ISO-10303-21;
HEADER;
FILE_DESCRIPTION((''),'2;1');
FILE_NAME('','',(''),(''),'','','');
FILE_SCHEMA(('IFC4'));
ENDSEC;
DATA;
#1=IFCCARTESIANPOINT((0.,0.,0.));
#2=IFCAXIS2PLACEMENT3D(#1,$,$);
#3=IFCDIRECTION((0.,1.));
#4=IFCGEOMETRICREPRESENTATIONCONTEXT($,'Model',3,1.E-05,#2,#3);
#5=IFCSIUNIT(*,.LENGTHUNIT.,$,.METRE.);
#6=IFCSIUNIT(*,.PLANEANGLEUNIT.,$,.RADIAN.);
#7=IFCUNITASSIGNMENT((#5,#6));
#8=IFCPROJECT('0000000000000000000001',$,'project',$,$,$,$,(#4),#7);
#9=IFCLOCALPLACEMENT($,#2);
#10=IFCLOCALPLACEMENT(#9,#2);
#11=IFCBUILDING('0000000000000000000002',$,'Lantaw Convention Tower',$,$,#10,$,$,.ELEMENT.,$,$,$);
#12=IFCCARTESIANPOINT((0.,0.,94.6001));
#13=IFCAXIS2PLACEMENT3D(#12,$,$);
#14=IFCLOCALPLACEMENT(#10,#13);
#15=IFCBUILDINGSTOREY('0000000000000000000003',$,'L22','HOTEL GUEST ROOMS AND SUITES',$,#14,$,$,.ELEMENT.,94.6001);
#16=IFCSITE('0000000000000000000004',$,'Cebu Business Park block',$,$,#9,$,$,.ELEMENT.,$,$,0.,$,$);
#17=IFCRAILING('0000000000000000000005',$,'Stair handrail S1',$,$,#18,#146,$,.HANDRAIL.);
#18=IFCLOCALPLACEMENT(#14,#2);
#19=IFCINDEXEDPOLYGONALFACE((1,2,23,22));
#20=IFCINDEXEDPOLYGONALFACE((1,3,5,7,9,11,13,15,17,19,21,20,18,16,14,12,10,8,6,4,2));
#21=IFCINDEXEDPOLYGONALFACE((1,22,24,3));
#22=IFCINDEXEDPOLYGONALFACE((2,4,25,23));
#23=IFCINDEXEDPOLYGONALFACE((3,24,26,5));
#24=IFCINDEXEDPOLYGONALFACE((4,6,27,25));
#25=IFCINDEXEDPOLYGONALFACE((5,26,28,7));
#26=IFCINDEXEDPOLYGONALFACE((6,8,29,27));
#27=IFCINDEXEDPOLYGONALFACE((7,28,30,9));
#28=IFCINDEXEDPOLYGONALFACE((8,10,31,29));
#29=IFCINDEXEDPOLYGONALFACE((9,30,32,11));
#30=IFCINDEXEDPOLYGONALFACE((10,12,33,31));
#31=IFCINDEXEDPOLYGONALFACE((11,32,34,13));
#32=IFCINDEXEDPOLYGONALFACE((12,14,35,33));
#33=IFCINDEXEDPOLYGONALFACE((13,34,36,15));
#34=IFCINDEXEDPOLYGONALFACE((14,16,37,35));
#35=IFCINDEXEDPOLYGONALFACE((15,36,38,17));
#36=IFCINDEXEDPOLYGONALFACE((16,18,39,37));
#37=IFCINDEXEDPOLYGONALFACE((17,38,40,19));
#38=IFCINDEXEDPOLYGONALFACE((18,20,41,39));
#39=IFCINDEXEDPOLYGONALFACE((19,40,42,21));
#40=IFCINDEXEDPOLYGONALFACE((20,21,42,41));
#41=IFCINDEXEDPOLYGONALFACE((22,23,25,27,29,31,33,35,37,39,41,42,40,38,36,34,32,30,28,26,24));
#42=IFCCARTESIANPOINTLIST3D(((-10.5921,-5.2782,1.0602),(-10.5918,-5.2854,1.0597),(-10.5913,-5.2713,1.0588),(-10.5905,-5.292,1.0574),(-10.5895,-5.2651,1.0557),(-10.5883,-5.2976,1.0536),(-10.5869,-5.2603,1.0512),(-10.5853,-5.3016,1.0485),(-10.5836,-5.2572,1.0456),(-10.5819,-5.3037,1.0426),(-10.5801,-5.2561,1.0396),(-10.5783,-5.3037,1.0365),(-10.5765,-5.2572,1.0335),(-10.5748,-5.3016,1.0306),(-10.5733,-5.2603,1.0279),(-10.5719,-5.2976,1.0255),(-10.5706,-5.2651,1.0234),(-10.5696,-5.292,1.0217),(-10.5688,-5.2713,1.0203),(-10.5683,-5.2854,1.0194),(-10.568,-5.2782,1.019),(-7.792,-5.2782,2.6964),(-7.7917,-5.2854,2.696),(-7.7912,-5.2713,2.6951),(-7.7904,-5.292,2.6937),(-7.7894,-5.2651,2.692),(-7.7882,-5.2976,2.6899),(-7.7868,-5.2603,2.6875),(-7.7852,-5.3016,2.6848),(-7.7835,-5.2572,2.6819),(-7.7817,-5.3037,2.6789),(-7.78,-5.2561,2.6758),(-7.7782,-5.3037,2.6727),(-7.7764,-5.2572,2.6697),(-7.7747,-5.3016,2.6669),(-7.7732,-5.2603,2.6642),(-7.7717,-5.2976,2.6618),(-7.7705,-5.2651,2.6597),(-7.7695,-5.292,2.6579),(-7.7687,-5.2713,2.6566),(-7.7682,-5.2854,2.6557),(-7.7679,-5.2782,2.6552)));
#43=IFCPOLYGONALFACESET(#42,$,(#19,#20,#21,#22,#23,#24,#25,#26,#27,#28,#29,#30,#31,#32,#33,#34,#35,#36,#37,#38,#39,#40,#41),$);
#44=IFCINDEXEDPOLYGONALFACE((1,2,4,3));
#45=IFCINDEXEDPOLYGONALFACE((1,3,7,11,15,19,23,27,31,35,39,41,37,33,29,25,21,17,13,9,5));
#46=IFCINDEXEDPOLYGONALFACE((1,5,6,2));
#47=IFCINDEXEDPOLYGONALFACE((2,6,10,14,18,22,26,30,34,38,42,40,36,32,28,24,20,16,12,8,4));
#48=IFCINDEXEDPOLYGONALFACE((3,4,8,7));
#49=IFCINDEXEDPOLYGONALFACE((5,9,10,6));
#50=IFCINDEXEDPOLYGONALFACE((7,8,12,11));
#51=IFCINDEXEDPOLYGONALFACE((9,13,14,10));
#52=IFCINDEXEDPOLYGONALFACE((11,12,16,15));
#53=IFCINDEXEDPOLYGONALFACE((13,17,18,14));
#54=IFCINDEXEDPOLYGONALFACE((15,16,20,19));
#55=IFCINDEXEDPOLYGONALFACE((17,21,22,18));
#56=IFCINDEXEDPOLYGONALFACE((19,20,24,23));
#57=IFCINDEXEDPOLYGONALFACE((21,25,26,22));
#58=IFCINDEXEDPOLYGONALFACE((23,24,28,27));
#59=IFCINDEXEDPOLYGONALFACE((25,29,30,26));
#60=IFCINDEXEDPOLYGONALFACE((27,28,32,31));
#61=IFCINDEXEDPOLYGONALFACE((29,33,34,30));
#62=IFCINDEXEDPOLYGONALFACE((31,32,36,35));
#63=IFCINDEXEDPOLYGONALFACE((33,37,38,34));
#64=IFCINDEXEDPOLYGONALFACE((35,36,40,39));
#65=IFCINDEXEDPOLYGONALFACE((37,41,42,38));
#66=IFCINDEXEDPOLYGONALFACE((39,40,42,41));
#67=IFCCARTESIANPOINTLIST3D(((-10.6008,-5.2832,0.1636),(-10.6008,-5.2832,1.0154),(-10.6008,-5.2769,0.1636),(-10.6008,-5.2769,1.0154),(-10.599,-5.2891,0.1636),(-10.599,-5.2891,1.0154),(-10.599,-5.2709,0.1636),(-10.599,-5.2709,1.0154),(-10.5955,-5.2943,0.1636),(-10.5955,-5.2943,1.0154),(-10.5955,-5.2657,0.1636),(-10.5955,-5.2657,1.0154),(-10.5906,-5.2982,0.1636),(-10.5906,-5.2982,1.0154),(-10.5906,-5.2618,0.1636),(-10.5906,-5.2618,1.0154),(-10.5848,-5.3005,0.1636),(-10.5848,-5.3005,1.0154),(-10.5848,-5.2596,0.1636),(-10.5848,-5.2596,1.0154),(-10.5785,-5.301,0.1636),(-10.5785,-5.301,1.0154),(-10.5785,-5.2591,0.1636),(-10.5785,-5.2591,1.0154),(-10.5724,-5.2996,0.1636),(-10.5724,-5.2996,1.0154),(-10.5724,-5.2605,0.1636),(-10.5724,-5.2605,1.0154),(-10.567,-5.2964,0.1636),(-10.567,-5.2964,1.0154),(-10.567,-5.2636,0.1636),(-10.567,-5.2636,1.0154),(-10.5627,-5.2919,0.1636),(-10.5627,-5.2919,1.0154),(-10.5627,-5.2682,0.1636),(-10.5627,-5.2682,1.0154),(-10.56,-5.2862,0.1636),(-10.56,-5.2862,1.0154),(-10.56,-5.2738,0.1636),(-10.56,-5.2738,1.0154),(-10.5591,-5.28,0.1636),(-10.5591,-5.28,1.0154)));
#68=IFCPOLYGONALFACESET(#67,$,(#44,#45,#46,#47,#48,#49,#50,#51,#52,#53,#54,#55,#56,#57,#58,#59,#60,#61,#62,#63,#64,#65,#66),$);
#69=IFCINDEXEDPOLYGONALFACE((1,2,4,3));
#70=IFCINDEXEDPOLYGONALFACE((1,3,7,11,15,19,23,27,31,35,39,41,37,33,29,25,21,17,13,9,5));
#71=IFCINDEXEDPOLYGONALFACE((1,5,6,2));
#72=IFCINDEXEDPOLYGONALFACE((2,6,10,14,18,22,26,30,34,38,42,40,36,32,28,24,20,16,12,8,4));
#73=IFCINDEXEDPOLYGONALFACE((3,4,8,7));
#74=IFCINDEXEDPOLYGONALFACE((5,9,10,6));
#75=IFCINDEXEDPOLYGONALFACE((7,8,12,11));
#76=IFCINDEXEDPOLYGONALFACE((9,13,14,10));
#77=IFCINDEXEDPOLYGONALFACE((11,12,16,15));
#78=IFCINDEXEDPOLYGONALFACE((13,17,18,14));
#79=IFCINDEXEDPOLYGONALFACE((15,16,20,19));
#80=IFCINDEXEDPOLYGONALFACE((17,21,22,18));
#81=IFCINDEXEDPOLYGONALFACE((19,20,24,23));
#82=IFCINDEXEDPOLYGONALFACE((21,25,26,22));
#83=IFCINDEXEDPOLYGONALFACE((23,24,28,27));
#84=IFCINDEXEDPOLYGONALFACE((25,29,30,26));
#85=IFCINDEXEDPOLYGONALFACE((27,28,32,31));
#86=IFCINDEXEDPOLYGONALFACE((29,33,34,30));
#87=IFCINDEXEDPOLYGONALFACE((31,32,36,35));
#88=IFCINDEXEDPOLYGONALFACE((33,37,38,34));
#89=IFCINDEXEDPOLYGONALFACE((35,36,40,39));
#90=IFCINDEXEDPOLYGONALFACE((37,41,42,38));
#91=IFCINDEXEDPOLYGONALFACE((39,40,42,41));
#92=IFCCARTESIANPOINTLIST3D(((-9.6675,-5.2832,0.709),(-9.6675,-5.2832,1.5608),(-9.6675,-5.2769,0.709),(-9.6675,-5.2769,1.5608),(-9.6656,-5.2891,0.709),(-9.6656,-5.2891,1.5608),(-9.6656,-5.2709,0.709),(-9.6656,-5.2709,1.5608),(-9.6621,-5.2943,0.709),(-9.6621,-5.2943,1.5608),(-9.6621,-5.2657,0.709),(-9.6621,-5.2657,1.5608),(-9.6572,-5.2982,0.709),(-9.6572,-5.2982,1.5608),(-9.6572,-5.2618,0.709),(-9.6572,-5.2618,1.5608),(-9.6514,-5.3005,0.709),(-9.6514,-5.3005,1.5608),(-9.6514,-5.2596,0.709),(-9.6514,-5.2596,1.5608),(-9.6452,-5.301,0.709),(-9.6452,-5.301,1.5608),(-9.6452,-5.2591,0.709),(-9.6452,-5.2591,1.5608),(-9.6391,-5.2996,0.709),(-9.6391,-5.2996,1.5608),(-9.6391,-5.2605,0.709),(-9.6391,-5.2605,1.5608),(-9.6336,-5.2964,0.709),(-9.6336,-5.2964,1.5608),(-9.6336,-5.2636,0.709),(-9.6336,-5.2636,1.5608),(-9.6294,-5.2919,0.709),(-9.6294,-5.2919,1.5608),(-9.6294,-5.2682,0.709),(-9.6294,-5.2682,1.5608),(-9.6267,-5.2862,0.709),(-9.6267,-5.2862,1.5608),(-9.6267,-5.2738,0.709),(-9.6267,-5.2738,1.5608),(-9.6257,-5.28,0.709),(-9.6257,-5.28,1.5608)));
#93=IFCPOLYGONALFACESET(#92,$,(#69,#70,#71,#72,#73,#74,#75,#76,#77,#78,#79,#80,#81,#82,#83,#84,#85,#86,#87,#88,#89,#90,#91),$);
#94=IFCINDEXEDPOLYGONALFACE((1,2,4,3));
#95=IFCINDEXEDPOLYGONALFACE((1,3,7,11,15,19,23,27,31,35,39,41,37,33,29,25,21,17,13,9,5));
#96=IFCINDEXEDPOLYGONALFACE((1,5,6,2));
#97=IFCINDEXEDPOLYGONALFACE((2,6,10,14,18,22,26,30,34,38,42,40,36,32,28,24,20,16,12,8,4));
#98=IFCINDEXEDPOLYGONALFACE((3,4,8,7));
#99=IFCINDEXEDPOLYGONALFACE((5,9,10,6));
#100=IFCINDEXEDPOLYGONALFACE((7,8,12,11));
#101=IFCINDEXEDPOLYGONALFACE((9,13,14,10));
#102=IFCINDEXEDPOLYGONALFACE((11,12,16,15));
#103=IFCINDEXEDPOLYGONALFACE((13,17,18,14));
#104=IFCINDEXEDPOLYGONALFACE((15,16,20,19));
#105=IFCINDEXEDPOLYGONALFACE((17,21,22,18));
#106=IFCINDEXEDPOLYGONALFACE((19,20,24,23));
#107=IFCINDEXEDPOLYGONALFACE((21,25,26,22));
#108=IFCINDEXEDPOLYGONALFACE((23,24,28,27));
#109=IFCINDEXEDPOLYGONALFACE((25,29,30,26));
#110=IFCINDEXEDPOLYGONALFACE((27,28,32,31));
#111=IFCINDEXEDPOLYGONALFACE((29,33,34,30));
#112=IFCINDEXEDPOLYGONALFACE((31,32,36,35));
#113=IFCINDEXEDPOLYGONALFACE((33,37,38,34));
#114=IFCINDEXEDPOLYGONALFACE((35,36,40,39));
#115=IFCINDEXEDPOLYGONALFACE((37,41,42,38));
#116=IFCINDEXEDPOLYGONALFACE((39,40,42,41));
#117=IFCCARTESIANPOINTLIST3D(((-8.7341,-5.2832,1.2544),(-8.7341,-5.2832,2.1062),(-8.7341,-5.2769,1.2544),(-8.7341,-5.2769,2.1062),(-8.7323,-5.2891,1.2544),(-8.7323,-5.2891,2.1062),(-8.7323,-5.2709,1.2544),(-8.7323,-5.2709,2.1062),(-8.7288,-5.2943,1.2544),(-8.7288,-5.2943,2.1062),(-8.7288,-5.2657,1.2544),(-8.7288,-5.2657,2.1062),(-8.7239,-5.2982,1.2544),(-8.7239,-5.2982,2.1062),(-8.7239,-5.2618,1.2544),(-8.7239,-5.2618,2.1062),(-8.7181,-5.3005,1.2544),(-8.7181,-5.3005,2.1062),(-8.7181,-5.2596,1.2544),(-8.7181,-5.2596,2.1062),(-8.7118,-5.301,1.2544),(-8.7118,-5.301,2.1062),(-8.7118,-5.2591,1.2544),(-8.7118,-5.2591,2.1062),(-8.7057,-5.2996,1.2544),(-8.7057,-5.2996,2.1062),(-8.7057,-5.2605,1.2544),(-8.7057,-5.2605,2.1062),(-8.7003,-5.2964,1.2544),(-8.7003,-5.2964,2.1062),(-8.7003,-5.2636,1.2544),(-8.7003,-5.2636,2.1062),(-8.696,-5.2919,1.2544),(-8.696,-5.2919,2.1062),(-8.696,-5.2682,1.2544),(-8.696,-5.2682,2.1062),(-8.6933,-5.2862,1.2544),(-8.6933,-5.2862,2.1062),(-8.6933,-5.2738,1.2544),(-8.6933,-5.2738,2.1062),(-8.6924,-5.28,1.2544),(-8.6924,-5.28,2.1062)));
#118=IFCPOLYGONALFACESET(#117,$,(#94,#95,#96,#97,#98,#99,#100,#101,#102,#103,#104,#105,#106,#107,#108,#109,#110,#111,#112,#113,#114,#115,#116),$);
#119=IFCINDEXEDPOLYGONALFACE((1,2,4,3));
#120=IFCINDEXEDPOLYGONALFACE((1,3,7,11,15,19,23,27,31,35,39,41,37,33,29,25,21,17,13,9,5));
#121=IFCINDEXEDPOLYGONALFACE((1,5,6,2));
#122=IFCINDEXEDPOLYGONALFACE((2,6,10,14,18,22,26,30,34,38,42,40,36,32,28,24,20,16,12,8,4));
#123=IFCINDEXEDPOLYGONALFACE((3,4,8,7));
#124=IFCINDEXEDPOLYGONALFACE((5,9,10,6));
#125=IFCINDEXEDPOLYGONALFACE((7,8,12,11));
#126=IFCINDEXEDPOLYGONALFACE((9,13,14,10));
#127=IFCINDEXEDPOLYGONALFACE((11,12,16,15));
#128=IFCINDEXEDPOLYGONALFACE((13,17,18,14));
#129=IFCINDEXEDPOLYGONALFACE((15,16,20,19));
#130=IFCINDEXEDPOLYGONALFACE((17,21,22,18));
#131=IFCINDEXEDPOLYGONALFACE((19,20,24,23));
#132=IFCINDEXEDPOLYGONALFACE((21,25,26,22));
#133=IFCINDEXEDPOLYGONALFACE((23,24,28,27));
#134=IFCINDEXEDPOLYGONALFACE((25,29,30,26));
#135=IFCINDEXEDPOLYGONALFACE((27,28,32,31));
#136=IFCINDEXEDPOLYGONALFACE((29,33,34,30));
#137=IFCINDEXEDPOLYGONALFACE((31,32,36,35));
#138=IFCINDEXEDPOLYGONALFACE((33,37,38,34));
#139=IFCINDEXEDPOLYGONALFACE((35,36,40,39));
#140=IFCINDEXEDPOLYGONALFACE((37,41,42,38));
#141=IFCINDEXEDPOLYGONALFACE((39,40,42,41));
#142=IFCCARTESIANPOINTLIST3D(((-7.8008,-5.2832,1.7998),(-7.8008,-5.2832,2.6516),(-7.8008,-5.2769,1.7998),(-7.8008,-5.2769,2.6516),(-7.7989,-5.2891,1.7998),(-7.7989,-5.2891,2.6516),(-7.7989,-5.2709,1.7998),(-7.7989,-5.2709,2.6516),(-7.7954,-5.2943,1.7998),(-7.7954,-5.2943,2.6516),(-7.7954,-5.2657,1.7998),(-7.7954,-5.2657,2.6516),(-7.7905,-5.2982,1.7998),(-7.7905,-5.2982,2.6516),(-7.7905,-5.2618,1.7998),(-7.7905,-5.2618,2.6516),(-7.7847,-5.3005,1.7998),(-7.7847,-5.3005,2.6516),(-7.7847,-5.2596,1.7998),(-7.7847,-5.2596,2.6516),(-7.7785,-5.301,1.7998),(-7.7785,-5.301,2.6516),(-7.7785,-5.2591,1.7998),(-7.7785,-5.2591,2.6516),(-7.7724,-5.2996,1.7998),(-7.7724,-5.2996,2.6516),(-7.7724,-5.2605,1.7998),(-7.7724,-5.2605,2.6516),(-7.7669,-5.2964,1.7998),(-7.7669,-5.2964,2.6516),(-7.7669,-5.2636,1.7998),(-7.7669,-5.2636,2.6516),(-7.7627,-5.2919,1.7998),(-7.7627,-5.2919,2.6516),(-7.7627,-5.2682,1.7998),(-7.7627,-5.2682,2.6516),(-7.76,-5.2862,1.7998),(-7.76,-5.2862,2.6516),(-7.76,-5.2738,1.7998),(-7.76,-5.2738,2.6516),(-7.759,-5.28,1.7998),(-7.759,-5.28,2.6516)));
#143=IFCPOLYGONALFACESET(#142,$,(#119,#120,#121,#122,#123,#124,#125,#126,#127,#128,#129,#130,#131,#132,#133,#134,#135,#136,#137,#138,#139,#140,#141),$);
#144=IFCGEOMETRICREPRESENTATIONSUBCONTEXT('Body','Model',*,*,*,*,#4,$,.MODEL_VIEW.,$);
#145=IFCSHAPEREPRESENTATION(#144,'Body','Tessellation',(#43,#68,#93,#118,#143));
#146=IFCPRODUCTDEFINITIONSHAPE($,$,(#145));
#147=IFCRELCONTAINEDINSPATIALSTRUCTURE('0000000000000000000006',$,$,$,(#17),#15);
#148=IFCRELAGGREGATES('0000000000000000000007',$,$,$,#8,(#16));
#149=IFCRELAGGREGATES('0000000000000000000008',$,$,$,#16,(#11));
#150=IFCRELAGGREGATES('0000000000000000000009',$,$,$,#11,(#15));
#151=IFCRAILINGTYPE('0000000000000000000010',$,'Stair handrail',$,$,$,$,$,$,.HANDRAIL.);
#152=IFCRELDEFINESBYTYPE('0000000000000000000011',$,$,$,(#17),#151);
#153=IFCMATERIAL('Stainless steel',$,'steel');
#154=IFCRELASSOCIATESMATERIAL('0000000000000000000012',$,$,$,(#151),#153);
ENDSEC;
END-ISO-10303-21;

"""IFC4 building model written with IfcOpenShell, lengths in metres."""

from ifc_helpers import new_model, si_unit, direction, frame, origin, origin_2d, place, context, subcontext, project, spatial, circle, extrude, material, type_object, element, save


model = new_model("IFC4")

# Units and contexts
model_context = context("Model", 3, precision=1e-05, world=origin(), true_north=direction((0.0, 1.0)))
body_context = subcontext(model_context, "Body", "Model", "MODEL_VIEW")
ifc_project = project(units=[si_unit("LENGTHUNIT", "METRE"), si_unit("PLANEANGLEUNIT", "RADIAN")], contexts=[model_context])

# Site, building, storey
site_placement = place(None, origin())
site = spatial("IfcSite", under=ifc_project, at=site_placement, Name="Cebu Business Park block", CompositionType="ELEMENT", RefElevation=0.0)
building_placement = place(site_placement, origin())
building = spatial("IfcBuilding", under=site, at=building_placement, Name="Lantaw Convention Tower", CompositionType="ELEMENT")
storey_placement = place(building_placement, frame((0.0, 0.0, 94.6001)))
storey = spatial("IfcBuildingStorey", under=building, at=storey_placement, Name="L22", Description="HOTEL GUEST ROOMS AND SUITES", CompositionType="ELEMENT", Elevation=94.6001)

# Shared definitions
ifc_material_1 = material(Name="Stainless steel", Category="steel")

# Railing
railing_type = type_object("IfcRailingType", Name="Stair handrail", PredefinedType="HANDRAIL", material=ifc_material_1)
railing_1_placement = place(storey_placement, frame((-10.5801, -5.28, 0.1636)))
element("IfcRailing", 1, at=railing_1_placement, inside=storey, type_object=railing_type, Name="Stair handrail S1", PredefinedType="HANDRAIL", context=body_context, shape_type="SweptSolid", body=[
    extrude(circle(Radius=0.0239, at=origin_2d()), frame((0.0, 0.0, 0.876), z_axis=(0.863394, 0.0, 0.504531), x_axis=(0.0, 1.0, 0.0)), (0.0, 0.0, 1.0), 3.2432),
    extrude(circle(Radius=0.021, at=origin_2d()), origin(), (0.0, 0.0, 1.0), 0.8518),
    extrude(circle(Radius=0.021, at=origin_2d()), frame((0.9333, 0.0, 0.5454)), (0.0, 0.0, 1.0), 0.8518),
    extrude(circle(Radius=0.021, at=origin_2d()), frame((1.8667, 0.0, 1.0908)), (0.0, 0.0, 1.0), 0.8518),
    extrude(circle(Radius=0.021, at=origin_2d()), frame((2.8, 0.0, 1.6362)), (0.0, 0.0, 1.0), 0.8518),
])

save(model, "model.ifc")
